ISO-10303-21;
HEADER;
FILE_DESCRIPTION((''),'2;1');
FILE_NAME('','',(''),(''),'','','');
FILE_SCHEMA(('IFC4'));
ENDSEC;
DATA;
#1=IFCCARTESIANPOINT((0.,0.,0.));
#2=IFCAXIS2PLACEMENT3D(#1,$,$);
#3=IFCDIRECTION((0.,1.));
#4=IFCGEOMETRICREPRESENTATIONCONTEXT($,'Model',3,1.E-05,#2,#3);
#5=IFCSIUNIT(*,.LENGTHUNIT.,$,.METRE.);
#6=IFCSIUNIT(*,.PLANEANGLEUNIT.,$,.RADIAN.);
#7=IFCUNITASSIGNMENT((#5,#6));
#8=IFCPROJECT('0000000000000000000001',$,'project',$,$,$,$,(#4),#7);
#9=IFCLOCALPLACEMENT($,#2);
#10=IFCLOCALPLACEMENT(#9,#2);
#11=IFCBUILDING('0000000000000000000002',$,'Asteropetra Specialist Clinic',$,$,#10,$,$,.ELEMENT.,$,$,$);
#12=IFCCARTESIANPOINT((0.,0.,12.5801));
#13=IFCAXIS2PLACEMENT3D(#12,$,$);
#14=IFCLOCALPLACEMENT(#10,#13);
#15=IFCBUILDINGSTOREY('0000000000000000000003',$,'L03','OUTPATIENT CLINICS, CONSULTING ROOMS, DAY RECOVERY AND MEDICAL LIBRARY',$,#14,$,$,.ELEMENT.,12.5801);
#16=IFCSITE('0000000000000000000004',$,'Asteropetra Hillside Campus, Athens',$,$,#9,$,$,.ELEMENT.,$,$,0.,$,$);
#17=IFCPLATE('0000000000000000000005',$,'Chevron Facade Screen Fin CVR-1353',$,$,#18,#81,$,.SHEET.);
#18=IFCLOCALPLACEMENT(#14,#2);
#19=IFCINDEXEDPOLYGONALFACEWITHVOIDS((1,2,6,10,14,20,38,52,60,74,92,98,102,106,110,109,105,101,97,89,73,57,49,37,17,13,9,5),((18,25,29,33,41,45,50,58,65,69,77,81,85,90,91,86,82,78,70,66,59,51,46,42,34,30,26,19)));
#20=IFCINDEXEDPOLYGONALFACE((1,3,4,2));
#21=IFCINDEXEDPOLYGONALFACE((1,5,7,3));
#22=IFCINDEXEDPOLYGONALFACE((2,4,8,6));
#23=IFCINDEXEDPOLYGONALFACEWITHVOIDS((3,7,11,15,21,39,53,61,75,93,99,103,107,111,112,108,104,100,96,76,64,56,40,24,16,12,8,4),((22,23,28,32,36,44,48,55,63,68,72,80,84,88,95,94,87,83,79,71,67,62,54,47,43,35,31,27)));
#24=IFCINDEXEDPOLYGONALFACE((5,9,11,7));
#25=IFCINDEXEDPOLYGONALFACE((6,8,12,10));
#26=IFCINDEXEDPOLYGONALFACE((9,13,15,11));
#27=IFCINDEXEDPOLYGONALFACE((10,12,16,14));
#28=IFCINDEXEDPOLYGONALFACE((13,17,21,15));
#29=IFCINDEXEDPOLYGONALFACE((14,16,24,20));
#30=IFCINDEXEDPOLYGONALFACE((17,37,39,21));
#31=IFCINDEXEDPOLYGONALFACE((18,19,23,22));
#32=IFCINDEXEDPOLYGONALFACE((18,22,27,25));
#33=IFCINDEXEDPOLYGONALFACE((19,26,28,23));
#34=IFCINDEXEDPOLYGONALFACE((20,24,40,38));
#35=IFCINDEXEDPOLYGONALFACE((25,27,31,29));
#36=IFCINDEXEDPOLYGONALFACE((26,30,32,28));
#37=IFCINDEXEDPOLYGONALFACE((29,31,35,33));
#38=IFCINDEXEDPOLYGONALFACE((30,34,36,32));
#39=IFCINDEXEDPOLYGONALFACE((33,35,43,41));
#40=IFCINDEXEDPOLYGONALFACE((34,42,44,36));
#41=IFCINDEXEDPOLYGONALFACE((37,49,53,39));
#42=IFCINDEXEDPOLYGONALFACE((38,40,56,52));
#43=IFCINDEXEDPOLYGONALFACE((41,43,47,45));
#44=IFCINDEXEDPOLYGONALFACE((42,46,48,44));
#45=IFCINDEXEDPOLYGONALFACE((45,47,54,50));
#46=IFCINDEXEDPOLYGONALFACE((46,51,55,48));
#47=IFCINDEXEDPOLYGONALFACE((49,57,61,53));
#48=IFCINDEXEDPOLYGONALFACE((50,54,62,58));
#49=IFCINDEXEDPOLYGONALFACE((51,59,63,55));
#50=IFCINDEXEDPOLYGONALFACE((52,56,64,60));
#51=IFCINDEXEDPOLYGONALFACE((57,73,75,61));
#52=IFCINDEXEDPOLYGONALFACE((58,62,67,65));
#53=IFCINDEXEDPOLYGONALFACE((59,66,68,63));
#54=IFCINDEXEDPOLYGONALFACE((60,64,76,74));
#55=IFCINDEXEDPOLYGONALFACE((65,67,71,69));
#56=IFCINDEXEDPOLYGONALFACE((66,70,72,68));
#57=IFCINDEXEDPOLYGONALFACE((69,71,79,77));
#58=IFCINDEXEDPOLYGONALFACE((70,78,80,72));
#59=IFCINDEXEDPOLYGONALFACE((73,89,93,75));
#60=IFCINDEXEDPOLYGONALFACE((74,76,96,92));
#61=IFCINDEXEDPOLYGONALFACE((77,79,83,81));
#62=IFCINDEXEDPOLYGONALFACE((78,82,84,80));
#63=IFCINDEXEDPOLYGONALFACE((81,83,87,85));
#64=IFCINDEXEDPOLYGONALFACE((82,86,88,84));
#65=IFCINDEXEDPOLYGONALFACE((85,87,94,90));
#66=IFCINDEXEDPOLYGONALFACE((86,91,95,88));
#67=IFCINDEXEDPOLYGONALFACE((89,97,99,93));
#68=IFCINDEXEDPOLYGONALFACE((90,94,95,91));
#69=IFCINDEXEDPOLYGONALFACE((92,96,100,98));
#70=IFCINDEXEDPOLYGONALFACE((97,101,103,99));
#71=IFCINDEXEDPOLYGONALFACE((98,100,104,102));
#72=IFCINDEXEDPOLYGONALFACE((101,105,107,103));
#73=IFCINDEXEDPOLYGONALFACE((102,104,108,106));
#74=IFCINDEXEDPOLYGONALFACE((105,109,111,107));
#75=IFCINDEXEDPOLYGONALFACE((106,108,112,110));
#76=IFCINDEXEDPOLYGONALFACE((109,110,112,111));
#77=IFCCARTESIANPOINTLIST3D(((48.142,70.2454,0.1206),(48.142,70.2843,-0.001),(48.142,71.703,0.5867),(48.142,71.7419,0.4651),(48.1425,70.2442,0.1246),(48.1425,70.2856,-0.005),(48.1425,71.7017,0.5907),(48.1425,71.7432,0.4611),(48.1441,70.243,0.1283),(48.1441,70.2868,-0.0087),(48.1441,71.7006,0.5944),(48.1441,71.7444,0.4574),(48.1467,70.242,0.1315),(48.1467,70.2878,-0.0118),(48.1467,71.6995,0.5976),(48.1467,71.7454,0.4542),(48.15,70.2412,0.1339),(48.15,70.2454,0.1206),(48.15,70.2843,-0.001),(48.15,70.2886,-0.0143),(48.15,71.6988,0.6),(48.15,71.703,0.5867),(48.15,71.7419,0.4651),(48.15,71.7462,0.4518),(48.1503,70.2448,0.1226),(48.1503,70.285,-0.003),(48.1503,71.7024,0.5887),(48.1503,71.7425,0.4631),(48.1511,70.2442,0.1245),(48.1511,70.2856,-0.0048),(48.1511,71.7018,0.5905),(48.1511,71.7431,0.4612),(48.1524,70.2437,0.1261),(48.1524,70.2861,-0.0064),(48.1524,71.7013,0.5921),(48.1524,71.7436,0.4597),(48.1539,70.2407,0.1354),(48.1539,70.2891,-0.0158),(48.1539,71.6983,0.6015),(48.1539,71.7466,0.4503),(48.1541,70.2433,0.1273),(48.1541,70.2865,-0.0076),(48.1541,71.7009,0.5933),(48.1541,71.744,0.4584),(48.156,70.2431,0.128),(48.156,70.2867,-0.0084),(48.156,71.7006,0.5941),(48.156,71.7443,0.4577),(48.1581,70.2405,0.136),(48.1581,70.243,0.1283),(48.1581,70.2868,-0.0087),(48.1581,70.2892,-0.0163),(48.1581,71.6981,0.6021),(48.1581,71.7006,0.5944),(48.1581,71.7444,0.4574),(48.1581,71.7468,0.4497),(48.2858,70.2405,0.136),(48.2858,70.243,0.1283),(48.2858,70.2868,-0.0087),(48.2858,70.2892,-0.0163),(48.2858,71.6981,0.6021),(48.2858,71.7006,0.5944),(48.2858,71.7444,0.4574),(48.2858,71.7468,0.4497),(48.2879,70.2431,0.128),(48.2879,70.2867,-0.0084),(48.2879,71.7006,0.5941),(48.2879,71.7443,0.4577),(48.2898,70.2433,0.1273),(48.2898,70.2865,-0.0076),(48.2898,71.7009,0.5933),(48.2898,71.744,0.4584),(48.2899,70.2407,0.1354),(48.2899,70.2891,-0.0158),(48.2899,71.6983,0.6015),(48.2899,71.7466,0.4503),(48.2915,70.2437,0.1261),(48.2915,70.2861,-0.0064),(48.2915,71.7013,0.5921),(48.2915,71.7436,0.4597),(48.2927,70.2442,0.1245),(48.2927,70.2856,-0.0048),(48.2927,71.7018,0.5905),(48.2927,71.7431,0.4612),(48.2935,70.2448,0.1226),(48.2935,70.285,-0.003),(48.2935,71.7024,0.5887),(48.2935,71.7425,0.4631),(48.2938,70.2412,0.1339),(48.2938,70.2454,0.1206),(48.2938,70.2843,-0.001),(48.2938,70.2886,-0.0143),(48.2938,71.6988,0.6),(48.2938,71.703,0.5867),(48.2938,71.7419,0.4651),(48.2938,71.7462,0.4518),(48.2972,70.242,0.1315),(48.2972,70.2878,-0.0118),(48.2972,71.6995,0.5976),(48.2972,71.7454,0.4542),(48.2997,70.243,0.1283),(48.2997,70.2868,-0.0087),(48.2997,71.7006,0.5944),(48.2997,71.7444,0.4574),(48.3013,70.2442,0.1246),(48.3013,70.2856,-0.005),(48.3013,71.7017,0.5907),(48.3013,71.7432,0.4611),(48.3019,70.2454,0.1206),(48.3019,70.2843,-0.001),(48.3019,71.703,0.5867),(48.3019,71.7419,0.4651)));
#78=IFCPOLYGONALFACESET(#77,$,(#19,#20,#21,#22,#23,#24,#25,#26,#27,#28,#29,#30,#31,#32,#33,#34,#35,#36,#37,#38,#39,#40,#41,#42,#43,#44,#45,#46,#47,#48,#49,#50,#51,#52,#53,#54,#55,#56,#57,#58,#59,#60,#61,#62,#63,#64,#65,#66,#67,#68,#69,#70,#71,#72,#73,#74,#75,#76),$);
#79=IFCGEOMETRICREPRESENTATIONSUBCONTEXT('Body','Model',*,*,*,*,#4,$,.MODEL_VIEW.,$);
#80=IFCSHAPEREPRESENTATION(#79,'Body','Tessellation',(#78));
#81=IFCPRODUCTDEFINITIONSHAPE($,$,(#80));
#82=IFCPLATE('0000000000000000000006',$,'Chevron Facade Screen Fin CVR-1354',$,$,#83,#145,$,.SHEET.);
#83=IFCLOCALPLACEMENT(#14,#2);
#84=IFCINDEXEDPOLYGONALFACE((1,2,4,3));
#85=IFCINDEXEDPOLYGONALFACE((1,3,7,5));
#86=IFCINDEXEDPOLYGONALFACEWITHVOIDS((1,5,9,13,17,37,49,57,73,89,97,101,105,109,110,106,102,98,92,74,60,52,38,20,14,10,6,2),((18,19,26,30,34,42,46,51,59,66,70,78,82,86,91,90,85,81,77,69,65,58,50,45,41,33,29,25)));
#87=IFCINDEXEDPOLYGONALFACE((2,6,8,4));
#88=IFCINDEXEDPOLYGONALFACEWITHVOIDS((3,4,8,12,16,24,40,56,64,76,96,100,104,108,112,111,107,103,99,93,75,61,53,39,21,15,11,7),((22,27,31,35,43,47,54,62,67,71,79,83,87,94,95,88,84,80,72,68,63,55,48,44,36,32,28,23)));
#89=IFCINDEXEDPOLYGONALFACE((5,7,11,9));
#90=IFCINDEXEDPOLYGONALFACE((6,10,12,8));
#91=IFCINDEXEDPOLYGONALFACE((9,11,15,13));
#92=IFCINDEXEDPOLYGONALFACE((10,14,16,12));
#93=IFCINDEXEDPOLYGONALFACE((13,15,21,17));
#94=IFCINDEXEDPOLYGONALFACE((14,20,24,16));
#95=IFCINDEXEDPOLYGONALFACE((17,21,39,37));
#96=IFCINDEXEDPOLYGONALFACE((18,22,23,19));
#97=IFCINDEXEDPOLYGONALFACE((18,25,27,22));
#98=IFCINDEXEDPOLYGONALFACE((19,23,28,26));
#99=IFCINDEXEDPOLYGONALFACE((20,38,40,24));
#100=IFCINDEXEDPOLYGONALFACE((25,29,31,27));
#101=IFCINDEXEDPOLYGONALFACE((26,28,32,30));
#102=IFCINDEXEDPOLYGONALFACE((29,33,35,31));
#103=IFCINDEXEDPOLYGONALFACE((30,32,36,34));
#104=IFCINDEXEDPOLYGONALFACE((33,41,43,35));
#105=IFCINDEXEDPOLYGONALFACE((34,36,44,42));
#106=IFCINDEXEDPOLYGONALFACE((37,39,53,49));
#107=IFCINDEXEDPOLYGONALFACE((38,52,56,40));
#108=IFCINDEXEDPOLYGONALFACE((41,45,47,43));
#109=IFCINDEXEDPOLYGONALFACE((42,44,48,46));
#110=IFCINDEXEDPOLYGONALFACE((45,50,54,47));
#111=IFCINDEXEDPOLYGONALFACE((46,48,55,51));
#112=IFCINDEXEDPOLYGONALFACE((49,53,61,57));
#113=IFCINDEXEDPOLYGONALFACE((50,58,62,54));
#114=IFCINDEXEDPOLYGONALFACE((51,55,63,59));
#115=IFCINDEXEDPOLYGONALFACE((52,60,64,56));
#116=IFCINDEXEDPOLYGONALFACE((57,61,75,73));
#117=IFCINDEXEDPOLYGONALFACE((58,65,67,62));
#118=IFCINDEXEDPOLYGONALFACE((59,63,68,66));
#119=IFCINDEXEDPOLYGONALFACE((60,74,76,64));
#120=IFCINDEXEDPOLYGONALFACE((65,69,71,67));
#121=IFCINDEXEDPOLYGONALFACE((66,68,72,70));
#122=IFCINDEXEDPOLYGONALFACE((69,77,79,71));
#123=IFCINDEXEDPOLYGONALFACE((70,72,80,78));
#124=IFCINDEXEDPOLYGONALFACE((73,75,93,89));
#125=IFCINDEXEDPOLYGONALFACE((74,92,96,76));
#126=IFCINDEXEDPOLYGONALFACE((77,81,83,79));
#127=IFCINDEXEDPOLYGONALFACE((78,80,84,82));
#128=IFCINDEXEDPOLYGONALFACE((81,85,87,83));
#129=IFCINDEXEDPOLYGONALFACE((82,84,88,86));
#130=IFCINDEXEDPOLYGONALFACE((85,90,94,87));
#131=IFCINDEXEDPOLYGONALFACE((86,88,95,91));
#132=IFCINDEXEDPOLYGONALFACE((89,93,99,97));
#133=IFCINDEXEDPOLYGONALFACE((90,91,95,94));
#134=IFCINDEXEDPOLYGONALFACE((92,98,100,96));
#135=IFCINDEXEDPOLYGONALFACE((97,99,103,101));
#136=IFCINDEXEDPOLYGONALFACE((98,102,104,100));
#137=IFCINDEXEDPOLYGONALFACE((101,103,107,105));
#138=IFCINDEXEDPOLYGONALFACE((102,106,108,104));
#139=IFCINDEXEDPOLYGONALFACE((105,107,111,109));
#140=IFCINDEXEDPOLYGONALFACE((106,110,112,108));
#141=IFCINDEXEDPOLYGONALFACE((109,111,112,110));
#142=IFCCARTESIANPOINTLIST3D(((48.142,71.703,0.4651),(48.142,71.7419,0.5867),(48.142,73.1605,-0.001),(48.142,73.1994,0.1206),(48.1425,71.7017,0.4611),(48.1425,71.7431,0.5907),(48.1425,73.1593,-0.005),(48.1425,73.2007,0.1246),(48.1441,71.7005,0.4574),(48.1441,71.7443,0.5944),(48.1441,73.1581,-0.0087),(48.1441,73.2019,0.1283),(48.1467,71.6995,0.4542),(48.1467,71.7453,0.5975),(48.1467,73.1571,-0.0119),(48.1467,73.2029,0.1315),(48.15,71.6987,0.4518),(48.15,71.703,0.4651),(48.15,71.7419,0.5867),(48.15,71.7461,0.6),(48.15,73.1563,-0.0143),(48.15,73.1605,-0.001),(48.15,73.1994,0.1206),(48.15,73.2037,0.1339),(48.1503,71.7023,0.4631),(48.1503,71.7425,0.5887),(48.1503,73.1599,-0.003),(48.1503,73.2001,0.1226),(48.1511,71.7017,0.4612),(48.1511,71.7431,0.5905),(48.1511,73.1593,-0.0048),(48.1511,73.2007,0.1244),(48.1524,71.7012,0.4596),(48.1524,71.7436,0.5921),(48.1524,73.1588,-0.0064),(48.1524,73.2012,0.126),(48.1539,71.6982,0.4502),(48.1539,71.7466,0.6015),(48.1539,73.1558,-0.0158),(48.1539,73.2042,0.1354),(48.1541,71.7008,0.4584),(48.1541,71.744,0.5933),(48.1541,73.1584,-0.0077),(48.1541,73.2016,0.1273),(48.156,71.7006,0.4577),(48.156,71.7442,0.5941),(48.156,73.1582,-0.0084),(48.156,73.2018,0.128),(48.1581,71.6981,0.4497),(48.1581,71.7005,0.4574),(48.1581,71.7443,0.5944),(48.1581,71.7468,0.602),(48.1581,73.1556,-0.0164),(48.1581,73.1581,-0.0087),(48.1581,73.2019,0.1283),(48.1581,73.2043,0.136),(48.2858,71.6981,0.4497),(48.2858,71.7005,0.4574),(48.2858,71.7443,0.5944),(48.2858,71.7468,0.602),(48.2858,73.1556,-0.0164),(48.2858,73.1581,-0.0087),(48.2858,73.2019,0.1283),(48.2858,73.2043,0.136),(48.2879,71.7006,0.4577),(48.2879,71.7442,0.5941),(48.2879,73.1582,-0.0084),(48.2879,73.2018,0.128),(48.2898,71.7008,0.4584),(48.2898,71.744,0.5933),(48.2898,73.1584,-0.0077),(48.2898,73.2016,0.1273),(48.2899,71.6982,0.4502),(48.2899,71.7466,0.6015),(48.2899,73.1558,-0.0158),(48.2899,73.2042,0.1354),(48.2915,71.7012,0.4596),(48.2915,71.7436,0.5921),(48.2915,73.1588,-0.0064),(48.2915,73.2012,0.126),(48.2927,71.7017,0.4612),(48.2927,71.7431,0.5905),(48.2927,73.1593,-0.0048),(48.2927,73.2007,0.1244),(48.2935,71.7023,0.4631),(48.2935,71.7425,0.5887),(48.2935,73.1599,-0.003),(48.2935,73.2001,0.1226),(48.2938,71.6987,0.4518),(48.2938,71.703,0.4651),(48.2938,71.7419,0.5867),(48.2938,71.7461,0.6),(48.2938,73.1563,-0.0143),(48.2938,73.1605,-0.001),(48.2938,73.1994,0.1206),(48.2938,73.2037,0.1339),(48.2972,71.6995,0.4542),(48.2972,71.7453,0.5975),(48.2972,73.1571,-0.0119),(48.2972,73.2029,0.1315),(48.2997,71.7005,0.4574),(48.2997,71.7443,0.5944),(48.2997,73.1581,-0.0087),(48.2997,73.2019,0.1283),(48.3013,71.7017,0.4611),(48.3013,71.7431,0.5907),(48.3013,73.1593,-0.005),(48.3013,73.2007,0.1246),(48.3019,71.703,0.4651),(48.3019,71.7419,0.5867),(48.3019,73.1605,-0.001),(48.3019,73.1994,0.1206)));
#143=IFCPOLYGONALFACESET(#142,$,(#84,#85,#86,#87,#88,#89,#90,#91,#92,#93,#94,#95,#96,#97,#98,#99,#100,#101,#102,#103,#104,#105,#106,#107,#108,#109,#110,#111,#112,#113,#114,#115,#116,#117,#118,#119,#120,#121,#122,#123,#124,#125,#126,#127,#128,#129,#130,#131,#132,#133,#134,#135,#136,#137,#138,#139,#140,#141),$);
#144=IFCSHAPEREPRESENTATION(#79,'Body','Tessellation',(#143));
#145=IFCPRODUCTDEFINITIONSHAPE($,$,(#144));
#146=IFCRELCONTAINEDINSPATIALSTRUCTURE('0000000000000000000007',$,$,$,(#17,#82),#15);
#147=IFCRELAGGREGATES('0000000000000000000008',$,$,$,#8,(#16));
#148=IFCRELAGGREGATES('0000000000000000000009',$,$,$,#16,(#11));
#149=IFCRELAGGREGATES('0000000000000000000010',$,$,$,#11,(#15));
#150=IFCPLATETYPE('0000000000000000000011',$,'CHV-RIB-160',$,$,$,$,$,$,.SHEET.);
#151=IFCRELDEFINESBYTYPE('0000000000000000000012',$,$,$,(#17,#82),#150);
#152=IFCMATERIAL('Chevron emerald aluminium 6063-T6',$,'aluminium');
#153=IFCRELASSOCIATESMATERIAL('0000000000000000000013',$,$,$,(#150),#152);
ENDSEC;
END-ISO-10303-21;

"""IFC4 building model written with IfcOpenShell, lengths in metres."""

from ifc_helpers import new_model, si_unit, direction, frame, origin, origin_2d, place, context, subcontext, project, spatial, hollow_rectangle, extrude, material, material_profile, profile_set, type_object, element, save


model = new_model("IFC4")

# Units and contexts
model_context = context("Model", 3, precision=1e-05, world=origin(), true_north=direction((0.0, 1.0)))
body_context = subcontext(model_context, "Body", "Model", "MODEL_VIEW")
ifc_project = project(units=[si_unit("LENGTHUNIT", "METRE"), si_unit("PLANEANGLEUNIT", "RADIAN")], contexts=[model_context])

# Site, building, storey
site_placement = place(None, origin())
site = spatial("IfcSite", under=ifc_project, at=site_placement, Name="Asteropetra Hillside Campus, Athens", CompositionType="ELEMENT", RefElevation=0.0)
building_placement = place(site_placement, origin())
building = spatial("IfcBuilding", under=site, at=building_placement, Name="Asteropetra Specialist Clinic", CompositionType="ELEMENT")
storey_placement = place(building_placement, frame((0.0, 0.0, 12.5801)))
storey = spatial("IfcBuildingStorey", under=building, at=storey_placement, Name="L03", Description="OUTPATIENT CLINICS, CONSULTING ROOMS, DAY RECOVERY AND MEDICAL LIBRARY", CompositionType="ELEMENT", Elevation=12.5801)

# Plates
ifc_material_1 = material(Name="Chevron emerald aluminium 6063-T6", Category="aluminium")
ifc_material_profile = material_profile(ifc_material_1, hollow_rectangle(XDim=0.1599, YDim=0.1599, WallThickness=0.0081, InnerFilletRadius=0.0081, OuterFilletRadius=0.0161, at=origin_2d()), Name="SHS 160x160x8.0")
ifc_profile_set = profile_set([ifc_material_profile], Name="Chevron emerald aluminium 6063-T6")
plate_type_1 = type_object("IfcPlateType", Name="CHV-RIB-160", PredefinedType="SHEET", material=ifc_profile_set)
for number, where, z_axis, x_axis, name in (
    (1, (48.2219, 70.2649, 0.0598), (0.0, 0.952489, 0.304573), (-1.0, 0.0, 0.0), "Chevron Facade Screen Fin CVR-1353"),
    (2, (48.2219, 71.7224, 0.5259), (0.0, 0.952489, -0.304573), (-1.0, 0.0, 0.0), "Chevron Facade Screen Fin CVR-1354"),
):
    element("IfcPlate", number, at=place(storey_placement, frame(where, z_axis=z_axis, x_axis=x_axis)), inside=storey, type_object=plate_type_1, Name=name, PredefinedType="SHEET", context=body_context, shape_type="SweptSolid", body=[
        extrude(hollow_rectangle(XDim=0.1599, YDim=0.1599, WallThickness=0.0081, InnerFilletRadius=0.0081, OuterFilletRadius=0.0161, at=origin_2d()), origin(), (0.0, 0.0, 1.0), 1.5303),
    ])

save(model, "model.ifc")
